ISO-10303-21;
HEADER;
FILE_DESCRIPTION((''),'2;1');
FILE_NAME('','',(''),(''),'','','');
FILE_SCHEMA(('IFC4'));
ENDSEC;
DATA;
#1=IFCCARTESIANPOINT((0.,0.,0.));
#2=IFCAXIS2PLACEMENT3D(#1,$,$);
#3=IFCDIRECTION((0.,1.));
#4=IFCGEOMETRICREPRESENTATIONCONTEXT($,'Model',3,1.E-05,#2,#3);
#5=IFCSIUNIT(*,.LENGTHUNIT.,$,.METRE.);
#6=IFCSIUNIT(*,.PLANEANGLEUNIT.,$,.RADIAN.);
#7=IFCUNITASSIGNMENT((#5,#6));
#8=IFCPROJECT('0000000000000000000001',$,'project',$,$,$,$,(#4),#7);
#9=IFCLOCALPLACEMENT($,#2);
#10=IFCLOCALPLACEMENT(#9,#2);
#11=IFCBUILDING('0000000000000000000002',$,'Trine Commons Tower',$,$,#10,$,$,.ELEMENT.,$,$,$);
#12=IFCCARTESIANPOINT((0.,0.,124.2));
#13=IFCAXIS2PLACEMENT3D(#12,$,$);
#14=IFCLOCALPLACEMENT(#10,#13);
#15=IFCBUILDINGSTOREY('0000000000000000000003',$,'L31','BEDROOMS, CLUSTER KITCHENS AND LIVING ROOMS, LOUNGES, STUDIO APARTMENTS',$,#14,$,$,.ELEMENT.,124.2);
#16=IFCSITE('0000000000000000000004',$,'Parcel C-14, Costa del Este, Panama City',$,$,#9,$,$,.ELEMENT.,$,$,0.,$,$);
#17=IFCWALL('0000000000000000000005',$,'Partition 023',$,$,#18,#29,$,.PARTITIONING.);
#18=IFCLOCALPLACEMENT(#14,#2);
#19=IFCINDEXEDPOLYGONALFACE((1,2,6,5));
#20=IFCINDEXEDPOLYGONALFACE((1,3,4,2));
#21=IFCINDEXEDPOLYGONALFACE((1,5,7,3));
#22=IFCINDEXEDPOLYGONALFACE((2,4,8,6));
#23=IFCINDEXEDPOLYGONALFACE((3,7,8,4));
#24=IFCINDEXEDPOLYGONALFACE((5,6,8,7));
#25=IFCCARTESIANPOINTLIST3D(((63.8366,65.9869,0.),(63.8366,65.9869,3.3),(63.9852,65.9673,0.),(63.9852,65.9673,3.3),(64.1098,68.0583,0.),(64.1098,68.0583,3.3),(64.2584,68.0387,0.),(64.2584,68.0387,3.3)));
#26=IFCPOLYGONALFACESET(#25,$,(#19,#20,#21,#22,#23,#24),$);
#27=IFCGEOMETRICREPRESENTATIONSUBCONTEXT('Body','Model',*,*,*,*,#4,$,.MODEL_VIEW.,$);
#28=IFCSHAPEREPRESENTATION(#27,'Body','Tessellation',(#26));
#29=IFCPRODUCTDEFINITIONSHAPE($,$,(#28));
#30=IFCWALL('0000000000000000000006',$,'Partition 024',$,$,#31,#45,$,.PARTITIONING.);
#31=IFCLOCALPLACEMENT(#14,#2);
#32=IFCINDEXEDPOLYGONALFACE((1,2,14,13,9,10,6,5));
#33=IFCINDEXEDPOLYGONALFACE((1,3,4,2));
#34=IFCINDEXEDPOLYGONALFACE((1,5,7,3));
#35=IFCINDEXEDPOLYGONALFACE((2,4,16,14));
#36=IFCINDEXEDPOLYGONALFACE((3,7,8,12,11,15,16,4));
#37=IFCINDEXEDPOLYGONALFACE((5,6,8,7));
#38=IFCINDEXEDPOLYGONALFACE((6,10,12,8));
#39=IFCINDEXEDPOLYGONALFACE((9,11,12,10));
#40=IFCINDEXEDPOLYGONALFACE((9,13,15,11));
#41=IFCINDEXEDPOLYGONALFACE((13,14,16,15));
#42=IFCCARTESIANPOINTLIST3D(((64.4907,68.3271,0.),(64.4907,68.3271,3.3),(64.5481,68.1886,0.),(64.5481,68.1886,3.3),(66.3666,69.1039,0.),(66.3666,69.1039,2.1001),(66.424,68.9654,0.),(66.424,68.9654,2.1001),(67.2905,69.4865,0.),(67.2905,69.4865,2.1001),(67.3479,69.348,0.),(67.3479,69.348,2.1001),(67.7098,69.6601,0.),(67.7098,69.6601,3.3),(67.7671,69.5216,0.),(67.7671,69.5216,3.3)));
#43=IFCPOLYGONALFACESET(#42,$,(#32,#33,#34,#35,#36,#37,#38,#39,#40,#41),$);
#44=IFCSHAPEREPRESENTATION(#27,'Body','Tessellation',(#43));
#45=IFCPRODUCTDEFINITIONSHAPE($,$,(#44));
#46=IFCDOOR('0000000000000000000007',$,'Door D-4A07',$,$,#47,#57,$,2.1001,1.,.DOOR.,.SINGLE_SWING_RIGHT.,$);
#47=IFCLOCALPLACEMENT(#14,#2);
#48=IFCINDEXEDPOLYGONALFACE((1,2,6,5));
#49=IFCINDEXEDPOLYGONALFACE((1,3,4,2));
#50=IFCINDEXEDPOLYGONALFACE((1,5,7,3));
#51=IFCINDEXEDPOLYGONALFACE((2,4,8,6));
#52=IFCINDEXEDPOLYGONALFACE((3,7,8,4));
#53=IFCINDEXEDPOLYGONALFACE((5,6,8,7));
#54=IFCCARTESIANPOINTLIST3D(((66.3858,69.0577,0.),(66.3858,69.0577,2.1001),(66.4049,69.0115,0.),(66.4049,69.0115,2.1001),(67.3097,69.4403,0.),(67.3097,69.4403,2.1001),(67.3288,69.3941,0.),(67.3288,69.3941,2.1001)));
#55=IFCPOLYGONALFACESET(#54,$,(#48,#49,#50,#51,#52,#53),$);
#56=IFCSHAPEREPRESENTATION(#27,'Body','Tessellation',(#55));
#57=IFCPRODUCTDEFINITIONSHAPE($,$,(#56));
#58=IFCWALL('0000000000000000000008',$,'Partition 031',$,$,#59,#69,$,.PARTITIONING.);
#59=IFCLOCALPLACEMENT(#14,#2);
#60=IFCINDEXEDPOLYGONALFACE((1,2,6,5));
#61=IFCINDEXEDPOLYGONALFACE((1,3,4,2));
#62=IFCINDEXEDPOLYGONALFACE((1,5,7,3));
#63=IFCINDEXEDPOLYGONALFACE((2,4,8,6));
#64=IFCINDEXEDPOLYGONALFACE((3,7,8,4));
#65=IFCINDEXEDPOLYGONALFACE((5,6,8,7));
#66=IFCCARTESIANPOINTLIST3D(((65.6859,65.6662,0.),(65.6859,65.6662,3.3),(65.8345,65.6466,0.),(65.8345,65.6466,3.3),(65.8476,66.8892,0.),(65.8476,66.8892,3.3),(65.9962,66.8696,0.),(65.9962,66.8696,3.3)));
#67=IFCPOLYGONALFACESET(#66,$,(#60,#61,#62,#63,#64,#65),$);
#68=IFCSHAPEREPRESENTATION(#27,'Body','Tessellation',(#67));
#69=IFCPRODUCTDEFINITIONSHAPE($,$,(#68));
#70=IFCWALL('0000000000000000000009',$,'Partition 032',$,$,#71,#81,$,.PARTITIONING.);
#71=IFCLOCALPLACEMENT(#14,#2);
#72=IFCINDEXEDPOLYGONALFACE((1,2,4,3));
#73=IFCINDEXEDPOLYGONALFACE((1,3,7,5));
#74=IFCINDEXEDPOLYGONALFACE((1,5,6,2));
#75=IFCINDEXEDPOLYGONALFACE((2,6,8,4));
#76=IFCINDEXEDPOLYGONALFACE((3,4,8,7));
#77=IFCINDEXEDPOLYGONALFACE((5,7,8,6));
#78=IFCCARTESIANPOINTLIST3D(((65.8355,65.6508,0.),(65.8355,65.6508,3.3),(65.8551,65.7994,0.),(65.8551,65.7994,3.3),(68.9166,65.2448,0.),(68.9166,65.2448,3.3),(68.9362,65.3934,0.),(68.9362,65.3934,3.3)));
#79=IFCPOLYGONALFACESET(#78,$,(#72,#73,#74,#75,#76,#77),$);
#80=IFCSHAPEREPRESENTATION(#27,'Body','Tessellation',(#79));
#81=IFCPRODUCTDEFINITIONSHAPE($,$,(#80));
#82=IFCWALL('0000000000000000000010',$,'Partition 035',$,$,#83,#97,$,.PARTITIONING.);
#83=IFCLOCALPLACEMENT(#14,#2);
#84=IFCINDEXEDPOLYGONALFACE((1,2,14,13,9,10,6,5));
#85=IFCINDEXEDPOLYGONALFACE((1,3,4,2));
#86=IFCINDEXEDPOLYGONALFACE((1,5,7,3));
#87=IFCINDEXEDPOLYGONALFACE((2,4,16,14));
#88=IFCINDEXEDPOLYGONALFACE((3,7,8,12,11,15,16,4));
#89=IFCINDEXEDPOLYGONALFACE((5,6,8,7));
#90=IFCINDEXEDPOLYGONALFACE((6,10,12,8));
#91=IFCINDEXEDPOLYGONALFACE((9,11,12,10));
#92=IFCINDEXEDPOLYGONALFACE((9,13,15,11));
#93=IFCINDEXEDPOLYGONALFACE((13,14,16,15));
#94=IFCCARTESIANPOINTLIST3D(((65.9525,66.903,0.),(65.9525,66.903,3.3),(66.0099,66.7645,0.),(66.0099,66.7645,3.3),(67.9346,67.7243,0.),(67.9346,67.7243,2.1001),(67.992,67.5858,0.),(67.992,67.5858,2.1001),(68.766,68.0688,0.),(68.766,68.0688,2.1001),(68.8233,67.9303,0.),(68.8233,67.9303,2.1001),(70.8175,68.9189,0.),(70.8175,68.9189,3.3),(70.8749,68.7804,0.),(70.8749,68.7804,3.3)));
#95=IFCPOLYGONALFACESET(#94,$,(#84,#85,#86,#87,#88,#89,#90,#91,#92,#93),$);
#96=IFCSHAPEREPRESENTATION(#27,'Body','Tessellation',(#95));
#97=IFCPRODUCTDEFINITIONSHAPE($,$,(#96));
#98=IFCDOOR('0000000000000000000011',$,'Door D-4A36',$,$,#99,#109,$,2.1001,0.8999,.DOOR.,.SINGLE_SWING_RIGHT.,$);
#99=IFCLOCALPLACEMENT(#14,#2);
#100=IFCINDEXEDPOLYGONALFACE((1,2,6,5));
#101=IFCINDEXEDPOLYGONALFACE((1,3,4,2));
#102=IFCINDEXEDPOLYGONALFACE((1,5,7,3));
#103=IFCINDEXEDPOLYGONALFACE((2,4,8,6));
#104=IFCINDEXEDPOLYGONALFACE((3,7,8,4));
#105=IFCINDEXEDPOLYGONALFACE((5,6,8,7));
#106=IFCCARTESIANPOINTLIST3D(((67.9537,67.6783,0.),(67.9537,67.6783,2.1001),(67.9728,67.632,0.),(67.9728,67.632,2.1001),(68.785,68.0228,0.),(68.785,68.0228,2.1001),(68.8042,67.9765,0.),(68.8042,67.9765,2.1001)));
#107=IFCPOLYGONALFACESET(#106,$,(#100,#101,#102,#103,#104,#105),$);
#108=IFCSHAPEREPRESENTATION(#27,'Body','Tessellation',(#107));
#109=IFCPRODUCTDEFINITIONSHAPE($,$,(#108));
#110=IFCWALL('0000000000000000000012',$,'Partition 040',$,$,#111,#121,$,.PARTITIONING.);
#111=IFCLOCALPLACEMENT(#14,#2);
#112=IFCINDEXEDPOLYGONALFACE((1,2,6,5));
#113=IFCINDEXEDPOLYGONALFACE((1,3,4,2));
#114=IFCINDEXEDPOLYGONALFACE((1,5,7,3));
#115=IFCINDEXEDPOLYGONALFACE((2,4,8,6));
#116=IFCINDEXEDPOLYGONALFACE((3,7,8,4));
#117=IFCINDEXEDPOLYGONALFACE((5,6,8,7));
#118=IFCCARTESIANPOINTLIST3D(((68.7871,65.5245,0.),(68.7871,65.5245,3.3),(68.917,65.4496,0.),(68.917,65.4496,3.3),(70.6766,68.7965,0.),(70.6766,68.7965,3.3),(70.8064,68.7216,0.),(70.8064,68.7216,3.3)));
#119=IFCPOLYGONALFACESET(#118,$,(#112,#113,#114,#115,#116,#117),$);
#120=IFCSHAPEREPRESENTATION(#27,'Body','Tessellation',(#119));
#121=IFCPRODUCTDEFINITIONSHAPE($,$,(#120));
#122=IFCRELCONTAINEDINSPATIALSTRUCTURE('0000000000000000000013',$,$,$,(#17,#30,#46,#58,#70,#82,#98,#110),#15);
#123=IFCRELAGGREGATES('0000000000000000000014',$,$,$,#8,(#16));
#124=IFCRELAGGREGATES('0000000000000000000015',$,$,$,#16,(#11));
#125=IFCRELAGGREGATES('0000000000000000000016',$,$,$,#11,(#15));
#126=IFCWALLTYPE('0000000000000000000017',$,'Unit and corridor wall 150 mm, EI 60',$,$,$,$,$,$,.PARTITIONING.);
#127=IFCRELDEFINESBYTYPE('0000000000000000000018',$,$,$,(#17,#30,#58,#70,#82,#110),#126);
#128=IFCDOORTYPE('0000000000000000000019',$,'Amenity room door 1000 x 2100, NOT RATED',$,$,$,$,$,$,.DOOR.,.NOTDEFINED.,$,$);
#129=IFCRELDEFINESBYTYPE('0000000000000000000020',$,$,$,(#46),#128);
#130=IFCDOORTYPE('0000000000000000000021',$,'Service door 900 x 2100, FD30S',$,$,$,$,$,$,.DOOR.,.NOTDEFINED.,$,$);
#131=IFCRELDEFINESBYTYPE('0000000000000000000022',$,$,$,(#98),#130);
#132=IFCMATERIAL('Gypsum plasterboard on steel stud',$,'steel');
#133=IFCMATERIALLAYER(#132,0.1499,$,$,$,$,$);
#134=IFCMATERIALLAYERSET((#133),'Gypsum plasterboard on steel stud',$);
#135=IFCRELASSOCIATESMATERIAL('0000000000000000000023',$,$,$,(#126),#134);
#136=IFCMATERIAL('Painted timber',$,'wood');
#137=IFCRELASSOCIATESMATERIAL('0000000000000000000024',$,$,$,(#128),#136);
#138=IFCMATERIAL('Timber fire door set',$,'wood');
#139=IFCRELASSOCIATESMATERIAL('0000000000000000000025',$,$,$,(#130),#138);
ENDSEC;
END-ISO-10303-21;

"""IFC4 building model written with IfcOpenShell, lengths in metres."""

from ifc_helpers import new_model, si_unit, direction, frame, frame_2d, origin, place, context, subcontext, project, spatial, rectangle, extrude, material, layer, layer_set, type_object, element, fill, save


model = new_model("IFC4")

# Units and contexts
model_context = context("Model", 3, precision=1e-05, world=origin(), true_north=direction((0.0, 1.0)))
body_context = subcontext(model_context, "Body", "Model", "MODEL_VIEW")
ifc_project = project(units=[si_unit("LENGTHUNIT", "METRE"), si_unit("PLANEANGLEUNIT", "RADIAN")], contexts=[model_context])

# Site, building, storey
site_placement = place(None, origin())
site = spatial("IfcSite", under=ifc_project, at=site_placement, Name="Parcel C-14, Costa del Este, Panama City", CompositionType="ELEMENT", RefElevation=0.0)
building_placement = place(site_placement, origin())
building = spatial("IfcBuilding", under=site, at=building_placement, Name="Trine Commons Tower", CompositionType="ELEMENT")
storey_placement = place(building_placement, frame((0.0, 0.0, 124.2)))
storey = spatial("IfcBuildingStorey", under=building, at=storey_placement, Name="L31", Description="BEDROOMS, CLUSTER KITCHENS AND LIVING ROOMS, LOUNGES, STUDIO APARTMENTS", CompositionType="ELEMENT", Elevation=124.2)

# Shared definitions
ifc_material_1 = material(Name="Gypsum plasterboard on steel stud", Category="steel")
ifc_layer_1 = layer(ifc_material_1, 0.1499)
ifc_layer_set_1 = layer_set([ifc_layer_1], Name="Gypsum plasterboard on steel stud")
wall_type_1 = type_object("IfcWallType", Name="Unit and corridor wall 150 mm, EI 60", PredefinedType="PARTITIONING", material=ifc_layer_set_1)
ifc_material_2 = material(Name="Timber fire door set", Category="wood")

# Wall
wall_1_placement = place(storey_placement, frame((63.9109, 65.9771, 0.0), z_axis=(0.0, 0.0, 1.0), x_axis=(0.130748, 0.991416, 0.0)))
element("IfcWall", 1, at=wall_1_placement, inside=storey, type_object=wall_type_1, Name="Partition 023", PredefinedType="PARTITIONING", context=body_context, shape_type="SweptSolid", body=[
    extrude(rectangle(XDim=2.0894, YDim=0.1499, at=frame_2d((1.0447, 0.0))), origin(), (0.0, 0.0, 1.0), 3.3),
])

# Wall, opening, door
wall_2_placement = place(storey_placement, frame((64.5193, 68.2578, 0.0), z_axis=(0.0, 0.0, 1.0), x_axis=(0.923914, 0.382599, 0.0)))
wall_2 = element("IfcWall", 2, at=wall_2_placement, inside=storey, type_object=wall_type_1, Name="Partition 024", PredefinedType="PARTITIONING", context=body_context, shape_type="SweptSolid", body=[
    extrude(rectangle(XDim=3.4841, YDim=0.1499, at=frame_2d((1.7422, 0.0))), origin(), (0.0, 0.0, 1.0), 3.3),
])
opening_1_placement = place(wall_2_placement, frame((2.0305, 0.0, 0.0)))
opening_1 = element("IfcOpeningElement", 3, at=opening_1_placement, cuts=wall_2, PredefinedType="OPENING", context=body_context, shape_type="SweptSolid", body=[
    extrude(rectangle(XDim=1.0, YDim=2.1001, at=frame_2d((0.5, 1.05))), frame((0.0, 0.085, 0.0), z_axis=(0.0, -1.0, 0.0), x_axis=(1.0, 0.0, 0.0)), (0.0, 0.0, 1.0), 0.1699),
])
ifc_material_3 = material(Name="Painted timber", Category="wood")
door_type_1 = type_object("IfcDoorType", Name="Amenity room door 1000 x 2100, NOT RATED", OperationType="NOTDEFINED", PredefinedType="DOOR", material=ifc_material_3)
door_1_placement = place(opening_1_placement, origin())
door_1 = element("IfcDoor", 4, at=door_1_placement, inside=storey, type_object=door_type_1, Name="Door D-4A07", OperationType="SINGLE_SWING_RIGHT", OverallHeight=2.1001, OverallWidth=1.0, PredefinedType="DOOR", context=body_context, shape_type="SweptSolid", body=[
    extrude(rectangle(XDim=1.0, YDim=2.1001, at=frame_2d((0.5, 1.05))), frame((0.0, 0.0249, 0.0), z_axis=(0.0, -1.0, 0.0), x_axis=(1.0, 0.0, 0.0)), (0.0, 0.0, 1.0), 0.05),
])
fill(opening_1, door_1)

# Walls
wall_3_placement = place(storey_placement, frame((65.7603, 65.6565, 0.0), z_axis=(0.0, 0.0, 1.0), x_axis=(0.131023, 0.991379, 0.0)))
element("IfcWall", 5, at=wall_3_placement, inside=storey, type_object=wall_type_1, Name="Partition 031", PredefinedType="PARTITIONING", context=body_context, shape_type="SweptSolid", body=[
    extrude(rectangle(XDim=1.2336, YDim=0.1499, at=frame_2d((0.6167, 0.0))), origin(), (0.0, 0.0, 1.0), 3.3),
])
wall_4_placement = place(storey_placement, frame((65.8455, 65.7251, 0.0), z_axis=(0.0, 0.0, 1.0), x_axis=(0.991429, -0.130646, 0.0)))
element("IfcWall", 6, at=wall_4_placement, inside=storey, type_object=wall_type_1, Name="Partition 032", PredefinedType="PARTITIONING", context=body_context, shape_type="SweptSolid", body=[
    extrude(rectangle(XDim=3.1077, YDim=0.1499, at=frame_2d((1.5537, 0.0))), origin(), (0.0, 0.0, 1.0), 3.3),
])

# Wall, opening, door
wall_5_placement = place(storey_placement, frame((65.9812, 66.8337, 0.0), z_axis=(0.0, 0.0, 1.0), x_axis=(0.923831, 0.382801, 0.0)))
wall_5 = element("IfcWall", 7, at=wall_5_placement, inside=storey, type_object=wall_type_1, Name="Partition 035", PredefinedType="PARTITIONING", context=body_context, shape_type="SweptSolid", body=[
    extrude(rectangle(XDim=5.2661, YDim=0.1499, at=frame_2d((2.6331, 0.0))), origin(), (0.0, 0.0, 1.0), 3.3),
])
opening_2_placement = place(wall_5_placement, frame((2.1455, 0.0, 0.0)))
opening_2 = element("IfcOpeningElement", 8, at=opening_2_placement, cuts=wall_5, PredefinedType="OPENING", context=body_context, shape_type="SweptSolid", body=[
    extrude(rectangle(XDim=0.8999, YDim=2.1001, at=frame_2d((0.45, 1.05))), frame((0.0, 0.085, 0.0), z_axis=(0.0, -1.0, 0.0), x_axis=(1.0, 0.0, 0.0)), (0.0, 0.0, 1.0), 0.1699),
])
door_type_2 = type_object("IfcDoorType", Name="Service door 900 x 2100, FD30S", OperationType="NOTDEFINED", PredefinedType="DOOR", material=ifc_material_2)
door_2_placement = place(opening_2_placement, frame((0.8999, 0.0, 0.0), z_axis=(0.0, 0.0, 1.0), x_axis=(-1.0, 0.0, 0.0)))
door_2 = element("IfcDoor", 9, at=door_2_placement, inside=storey, type_object=door_type_2, Name="Door D-4A36", OperationType="SINGLE_SWING_RIGHT", OverallHeight=2.1001, OverallWidth=0.8999, PredefinedType="DOOR", context=body_context, shape_type="SweptSolid", body=[
    extrude(rectangle(XDim=0.8999, YDim=2.1001, at=frame_2d((0.45, 1.05))), frame((0.0, 0.0249, 0.0), z_axis=(0.0, -1.0, 0.0), x_axis=(1.0, 0.0, 0.0)), (0.0, 0.0, 1.0), 0.05),
])
fill(opening_2, door_2)

# Wall
wall_6_placement = place(storey_placement, frame((68.8521, 65.4871, 0.0), z_axis=(0.0, 0.0, 1.0), x_axis=(0.500066, 0.865988, 0.0)))
element("IfcWall", 10, at=wall_6_placement, inside=storey, type_object=wall_type_1, Name="Partition 040", PredefinedType="PARTITIONING", context=body_context, shape_type="SweptSolid", body=[
    extrude(rectangle(XDim=3.7783, YDim=0.1499, at=frame_2d((1.8892, 0.0))), origin(), (0.0, 0.0, 1.0), 3.3),
])

save(model, "model.ifc")
